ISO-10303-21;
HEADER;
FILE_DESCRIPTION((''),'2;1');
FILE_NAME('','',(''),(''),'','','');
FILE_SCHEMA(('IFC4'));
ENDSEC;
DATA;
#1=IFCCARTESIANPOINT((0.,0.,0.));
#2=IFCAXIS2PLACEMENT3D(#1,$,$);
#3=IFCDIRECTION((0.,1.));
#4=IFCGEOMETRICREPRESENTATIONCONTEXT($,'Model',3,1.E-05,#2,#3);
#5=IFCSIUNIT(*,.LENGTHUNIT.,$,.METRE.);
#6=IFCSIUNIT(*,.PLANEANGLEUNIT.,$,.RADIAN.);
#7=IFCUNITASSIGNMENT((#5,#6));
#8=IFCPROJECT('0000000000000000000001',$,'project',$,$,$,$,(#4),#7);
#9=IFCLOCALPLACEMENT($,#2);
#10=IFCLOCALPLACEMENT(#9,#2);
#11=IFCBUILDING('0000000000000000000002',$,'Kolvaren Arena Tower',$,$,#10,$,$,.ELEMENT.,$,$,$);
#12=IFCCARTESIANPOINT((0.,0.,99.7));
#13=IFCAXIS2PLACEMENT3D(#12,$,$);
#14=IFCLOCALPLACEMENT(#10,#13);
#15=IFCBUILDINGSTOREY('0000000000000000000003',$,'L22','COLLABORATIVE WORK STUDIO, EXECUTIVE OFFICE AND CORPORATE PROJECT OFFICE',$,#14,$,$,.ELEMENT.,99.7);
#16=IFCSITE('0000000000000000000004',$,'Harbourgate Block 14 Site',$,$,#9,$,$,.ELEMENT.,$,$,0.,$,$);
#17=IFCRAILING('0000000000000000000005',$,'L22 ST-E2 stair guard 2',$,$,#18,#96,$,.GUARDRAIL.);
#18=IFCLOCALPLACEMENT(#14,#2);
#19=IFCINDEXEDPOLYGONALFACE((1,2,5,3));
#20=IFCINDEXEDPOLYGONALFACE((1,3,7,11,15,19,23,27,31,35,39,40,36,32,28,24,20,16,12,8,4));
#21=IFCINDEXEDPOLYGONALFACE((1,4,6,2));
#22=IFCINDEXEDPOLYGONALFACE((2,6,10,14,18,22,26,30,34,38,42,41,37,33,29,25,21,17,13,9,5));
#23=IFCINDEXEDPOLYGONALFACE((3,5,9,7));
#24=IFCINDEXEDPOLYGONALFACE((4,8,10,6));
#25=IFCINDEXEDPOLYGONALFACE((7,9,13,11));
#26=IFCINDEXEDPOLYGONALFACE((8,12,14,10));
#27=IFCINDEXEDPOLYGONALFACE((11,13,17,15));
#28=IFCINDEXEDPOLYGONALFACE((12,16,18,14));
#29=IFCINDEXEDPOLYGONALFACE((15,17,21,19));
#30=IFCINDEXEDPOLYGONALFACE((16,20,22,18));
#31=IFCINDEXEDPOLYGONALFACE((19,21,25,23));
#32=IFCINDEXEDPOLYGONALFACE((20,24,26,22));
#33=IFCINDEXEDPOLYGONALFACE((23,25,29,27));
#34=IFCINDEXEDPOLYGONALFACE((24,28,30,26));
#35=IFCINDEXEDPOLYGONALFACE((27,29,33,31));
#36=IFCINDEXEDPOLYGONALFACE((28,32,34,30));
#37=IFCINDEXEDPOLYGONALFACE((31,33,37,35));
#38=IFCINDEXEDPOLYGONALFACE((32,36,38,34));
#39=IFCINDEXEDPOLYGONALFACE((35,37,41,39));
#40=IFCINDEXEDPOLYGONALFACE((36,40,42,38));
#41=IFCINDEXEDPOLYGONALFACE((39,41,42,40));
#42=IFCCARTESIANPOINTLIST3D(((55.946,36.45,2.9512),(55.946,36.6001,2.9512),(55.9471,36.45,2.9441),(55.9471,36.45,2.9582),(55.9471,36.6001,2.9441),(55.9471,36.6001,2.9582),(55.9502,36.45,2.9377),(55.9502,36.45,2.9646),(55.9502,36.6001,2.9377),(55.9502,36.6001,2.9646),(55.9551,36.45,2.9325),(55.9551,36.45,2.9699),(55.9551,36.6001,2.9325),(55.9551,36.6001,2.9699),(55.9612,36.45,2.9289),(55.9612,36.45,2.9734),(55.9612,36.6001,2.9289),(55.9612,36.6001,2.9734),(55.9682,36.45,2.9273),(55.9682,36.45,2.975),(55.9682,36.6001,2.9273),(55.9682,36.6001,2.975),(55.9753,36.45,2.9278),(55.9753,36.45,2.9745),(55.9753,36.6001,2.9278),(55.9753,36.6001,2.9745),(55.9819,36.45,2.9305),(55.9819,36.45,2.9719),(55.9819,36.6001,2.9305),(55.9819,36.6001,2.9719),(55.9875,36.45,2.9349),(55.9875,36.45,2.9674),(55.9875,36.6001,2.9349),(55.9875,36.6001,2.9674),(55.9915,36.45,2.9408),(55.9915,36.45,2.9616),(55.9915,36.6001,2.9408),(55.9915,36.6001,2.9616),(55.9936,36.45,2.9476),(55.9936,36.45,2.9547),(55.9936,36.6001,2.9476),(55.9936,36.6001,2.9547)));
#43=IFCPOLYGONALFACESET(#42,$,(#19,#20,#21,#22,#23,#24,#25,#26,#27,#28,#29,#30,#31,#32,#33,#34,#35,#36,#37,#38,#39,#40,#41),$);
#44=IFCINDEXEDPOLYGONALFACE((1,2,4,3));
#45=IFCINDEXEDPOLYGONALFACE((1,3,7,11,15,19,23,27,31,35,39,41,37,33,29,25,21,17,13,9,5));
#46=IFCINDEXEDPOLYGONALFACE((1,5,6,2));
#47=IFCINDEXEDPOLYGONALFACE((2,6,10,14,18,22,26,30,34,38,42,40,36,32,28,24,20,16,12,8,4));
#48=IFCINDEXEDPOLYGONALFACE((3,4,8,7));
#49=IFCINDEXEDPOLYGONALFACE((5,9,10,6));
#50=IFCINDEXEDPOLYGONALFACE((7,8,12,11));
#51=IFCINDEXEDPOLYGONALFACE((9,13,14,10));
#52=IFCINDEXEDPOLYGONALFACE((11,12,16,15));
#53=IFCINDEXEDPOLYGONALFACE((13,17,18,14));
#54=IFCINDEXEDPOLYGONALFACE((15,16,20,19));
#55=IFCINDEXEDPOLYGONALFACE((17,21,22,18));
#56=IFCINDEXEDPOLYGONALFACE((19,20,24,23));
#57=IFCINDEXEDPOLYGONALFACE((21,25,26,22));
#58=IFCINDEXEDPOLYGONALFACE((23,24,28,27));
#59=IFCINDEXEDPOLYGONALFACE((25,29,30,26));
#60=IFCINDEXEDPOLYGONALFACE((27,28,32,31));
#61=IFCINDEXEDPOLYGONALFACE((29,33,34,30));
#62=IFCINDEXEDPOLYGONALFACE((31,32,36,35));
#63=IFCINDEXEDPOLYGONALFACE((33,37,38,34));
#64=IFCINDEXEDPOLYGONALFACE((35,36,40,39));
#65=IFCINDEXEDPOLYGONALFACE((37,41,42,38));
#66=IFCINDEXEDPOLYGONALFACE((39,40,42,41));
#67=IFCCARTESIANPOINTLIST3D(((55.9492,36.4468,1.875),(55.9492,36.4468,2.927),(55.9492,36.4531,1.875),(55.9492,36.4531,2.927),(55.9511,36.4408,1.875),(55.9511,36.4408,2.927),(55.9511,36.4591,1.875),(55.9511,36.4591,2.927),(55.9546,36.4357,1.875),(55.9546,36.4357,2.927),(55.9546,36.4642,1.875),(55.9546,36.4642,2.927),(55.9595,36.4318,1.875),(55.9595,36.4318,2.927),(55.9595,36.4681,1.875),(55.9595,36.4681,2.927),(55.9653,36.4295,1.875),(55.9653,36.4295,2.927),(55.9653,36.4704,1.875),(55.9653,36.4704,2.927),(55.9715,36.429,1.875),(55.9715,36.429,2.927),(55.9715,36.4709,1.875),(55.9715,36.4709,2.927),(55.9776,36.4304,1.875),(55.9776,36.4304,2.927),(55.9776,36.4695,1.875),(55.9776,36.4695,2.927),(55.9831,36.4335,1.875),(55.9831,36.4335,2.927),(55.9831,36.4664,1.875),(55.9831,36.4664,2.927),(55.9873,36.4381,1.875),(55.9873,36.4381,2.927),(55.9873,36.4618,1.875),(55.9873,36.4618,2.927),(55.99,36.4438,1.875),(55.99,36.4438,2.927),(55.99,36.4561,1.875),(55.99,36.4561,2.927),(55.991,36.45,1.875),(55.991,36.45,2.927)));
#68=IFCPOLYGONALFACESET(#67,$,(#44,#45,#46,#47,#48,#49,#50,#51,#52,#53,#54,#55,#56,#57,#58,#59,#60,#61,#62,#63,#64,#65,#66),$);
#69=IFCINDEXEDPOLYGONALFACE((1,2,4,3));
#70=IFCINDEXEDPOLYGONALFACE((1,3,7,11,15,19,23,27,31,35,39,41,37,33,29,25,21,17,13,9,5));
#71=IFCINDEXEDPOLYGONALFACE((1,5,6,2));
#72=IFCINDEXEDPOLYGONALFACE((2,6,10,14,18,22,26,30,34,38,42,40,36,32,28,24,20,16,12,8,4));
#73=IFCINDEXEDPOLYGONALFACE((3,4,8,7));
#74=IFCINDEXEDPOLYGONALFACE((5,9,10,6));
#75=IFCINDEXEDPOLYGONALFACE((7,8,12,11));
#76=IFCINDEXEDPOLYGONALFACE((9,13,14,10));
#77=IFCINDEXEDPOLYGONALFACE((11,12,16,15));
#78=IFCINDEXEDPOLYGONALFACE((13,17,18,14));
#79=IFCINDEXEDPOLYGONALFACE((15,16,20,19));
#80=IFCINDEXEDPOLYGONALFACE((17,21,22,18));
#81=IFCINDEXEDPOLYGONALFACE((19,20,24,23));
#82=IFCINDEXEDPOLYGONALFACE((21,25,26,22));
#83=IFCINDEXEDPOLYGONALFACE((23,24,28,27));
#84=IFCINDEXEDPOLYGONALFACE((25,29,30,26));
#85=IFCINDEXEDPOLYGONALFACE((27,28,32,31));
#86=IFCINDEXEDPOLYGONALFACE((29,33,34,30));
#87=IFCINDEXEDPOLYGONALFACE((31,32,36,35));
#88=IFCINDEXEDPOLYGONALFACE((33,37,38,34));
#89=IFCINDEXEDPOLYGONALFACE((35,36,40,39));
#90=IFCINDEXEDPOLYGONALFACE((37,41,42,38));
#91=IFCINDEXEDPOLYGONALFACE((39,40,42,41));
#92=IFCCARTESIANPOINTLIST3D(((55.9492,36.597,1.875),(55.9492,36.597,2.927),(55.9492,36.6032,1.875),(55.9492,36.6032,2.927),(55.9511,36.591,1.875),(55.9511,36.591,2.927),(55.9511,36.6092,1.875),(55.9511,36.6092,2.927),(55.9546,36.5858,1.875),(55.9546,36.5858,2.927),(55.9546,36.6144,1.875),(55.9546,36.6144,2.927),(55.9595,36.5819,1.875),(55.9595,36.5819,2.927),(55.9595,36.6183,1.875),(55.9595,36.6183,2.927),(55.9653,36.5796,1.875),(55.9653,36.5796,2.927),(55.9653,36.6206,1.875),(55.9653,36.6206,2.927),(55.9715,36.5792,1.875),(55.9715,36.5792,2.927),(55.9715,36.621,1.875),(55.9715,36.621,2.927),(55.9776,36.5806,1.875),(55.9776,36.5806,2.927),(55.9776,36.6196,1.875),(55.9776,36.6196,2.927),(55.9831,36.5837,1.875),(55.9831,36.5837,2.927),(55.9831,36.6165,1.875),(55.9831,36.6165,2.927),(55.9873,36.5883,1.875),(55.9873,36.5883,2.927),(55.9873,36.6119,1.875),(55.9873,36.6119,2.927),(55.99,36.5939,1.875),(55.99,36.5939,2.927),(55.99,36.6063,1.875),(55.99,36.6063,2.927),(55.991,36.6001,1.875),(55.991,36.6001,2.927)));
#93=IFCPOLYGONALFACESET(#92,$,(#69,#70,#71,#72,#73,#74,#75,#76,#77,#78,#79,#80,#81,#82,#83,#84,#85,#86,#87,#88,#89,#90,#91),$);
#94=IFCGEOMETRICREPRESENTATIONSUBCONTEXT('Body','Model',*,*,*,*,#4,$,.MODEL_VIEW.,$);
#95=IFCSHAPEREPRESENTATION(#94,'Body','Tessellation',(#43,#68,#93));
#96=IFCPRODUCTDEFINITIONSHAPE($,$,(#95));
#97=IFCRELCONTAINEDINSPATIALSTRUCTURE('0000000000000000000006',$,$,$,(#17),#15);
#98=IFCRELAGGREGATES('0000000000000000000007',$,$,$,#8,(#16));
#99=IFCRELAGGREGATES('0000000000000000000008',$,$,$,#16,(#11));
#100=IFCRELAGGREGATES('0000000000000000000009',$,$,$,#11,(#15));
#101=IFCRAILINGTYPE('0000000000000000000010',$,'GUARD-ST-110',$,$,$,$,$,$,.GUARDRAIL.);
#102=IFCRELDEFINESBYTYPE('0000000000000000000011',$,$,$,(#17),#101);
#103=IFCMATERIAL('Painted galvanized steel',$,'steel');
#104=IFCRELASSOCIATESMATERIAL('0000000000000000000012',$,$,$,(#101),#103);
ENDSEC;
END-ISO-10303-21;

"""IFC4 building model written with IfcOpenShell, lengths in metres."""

from ifc_helpers import new_model, si_unit, direction, frame, origin, origin_2d, place, context, subcontext, project, spatial, circle, extrude, material, type_object, element, save


model = new_model("IFC4")

# Units and contexts
model_context = context("Model", 3, precision=1e-05, world=origin(), true_north=direction((0.0, 1.0)))
body_context = subcontext(model_context, "Body", "Model", "MODEL_VIEW")
ifc_project = project(units=[si_unit("LENGTHUNIT", "METRE"), si_unit("PLANEANGLEUNIT", "RADIAN")], contexts=[model_context])

# Site, building, storey
site_placement = place(None, origin())
site = spatial("IfcSite", under=ifc_project, at=site_placement, Name="Harbourgate Block 14 Site", CompositionType="ELEMENT", RefElevation=0.0)
building_placement = place(site_placement, origin())
building = spatial("IfcBuilding", under=site, at=building_placement, Name="Kolvaren Arena Tower", CompositionType="ELEMENT")
storey_placement = place(building_placement, frame((0.0, 0.0, 99.7)))
storey = spatial("IfcBuildingStorey", under=building, at=storey_placement, Name="L22", Description="COLLABORATIVE WORK STUDIO, EXECUTIVE OFFICE AND CORPORATE PROJECT OFFICE", CompositionType="ELEMENT", Elevation=99.7)

# Railing
ifc_material_1 = material(Name="Painted galvanized steel", Category="steel")
railing_type_1 = type_object("IfcRailingType", Name="GUARD-ST-110", PredefinedType="GUARDRAIL", material=ifc_material_1)
railing_1_placement = place(storey_placement, frame((55.97, 36.45, 1.875)))
element("IfcRailing", 1, at=railing_1_placement, inside=storey, type_object=railing_type_1, Name="L22 ST-E2 stair guard 2", PredefinedType="GUARDRAIL", context=body_context, shape_type="SweptSolid", body=[
    extrude(circle(Radius=0.0239, at=origin_2d()), frame((0.0, 0.0, 1.0762), z_axis=(0.0, 1.0, 0.0), x_axis=(-1.0, 0.0, 0.0)), (0.0, 0.0, 1.0), 0.1501),
    extrude(circle(Radius=0.021, at=origin_2d()), origin(), (0.0, 0.0, 1.0), 1.052),
    extrude(circle(Radius=0.021, at=origin_2d()), frame((0.0, 0.1501, 0.0)), (0.0, 0.0, 1.0), 1.052),
])

save(model, "model.ifc")
